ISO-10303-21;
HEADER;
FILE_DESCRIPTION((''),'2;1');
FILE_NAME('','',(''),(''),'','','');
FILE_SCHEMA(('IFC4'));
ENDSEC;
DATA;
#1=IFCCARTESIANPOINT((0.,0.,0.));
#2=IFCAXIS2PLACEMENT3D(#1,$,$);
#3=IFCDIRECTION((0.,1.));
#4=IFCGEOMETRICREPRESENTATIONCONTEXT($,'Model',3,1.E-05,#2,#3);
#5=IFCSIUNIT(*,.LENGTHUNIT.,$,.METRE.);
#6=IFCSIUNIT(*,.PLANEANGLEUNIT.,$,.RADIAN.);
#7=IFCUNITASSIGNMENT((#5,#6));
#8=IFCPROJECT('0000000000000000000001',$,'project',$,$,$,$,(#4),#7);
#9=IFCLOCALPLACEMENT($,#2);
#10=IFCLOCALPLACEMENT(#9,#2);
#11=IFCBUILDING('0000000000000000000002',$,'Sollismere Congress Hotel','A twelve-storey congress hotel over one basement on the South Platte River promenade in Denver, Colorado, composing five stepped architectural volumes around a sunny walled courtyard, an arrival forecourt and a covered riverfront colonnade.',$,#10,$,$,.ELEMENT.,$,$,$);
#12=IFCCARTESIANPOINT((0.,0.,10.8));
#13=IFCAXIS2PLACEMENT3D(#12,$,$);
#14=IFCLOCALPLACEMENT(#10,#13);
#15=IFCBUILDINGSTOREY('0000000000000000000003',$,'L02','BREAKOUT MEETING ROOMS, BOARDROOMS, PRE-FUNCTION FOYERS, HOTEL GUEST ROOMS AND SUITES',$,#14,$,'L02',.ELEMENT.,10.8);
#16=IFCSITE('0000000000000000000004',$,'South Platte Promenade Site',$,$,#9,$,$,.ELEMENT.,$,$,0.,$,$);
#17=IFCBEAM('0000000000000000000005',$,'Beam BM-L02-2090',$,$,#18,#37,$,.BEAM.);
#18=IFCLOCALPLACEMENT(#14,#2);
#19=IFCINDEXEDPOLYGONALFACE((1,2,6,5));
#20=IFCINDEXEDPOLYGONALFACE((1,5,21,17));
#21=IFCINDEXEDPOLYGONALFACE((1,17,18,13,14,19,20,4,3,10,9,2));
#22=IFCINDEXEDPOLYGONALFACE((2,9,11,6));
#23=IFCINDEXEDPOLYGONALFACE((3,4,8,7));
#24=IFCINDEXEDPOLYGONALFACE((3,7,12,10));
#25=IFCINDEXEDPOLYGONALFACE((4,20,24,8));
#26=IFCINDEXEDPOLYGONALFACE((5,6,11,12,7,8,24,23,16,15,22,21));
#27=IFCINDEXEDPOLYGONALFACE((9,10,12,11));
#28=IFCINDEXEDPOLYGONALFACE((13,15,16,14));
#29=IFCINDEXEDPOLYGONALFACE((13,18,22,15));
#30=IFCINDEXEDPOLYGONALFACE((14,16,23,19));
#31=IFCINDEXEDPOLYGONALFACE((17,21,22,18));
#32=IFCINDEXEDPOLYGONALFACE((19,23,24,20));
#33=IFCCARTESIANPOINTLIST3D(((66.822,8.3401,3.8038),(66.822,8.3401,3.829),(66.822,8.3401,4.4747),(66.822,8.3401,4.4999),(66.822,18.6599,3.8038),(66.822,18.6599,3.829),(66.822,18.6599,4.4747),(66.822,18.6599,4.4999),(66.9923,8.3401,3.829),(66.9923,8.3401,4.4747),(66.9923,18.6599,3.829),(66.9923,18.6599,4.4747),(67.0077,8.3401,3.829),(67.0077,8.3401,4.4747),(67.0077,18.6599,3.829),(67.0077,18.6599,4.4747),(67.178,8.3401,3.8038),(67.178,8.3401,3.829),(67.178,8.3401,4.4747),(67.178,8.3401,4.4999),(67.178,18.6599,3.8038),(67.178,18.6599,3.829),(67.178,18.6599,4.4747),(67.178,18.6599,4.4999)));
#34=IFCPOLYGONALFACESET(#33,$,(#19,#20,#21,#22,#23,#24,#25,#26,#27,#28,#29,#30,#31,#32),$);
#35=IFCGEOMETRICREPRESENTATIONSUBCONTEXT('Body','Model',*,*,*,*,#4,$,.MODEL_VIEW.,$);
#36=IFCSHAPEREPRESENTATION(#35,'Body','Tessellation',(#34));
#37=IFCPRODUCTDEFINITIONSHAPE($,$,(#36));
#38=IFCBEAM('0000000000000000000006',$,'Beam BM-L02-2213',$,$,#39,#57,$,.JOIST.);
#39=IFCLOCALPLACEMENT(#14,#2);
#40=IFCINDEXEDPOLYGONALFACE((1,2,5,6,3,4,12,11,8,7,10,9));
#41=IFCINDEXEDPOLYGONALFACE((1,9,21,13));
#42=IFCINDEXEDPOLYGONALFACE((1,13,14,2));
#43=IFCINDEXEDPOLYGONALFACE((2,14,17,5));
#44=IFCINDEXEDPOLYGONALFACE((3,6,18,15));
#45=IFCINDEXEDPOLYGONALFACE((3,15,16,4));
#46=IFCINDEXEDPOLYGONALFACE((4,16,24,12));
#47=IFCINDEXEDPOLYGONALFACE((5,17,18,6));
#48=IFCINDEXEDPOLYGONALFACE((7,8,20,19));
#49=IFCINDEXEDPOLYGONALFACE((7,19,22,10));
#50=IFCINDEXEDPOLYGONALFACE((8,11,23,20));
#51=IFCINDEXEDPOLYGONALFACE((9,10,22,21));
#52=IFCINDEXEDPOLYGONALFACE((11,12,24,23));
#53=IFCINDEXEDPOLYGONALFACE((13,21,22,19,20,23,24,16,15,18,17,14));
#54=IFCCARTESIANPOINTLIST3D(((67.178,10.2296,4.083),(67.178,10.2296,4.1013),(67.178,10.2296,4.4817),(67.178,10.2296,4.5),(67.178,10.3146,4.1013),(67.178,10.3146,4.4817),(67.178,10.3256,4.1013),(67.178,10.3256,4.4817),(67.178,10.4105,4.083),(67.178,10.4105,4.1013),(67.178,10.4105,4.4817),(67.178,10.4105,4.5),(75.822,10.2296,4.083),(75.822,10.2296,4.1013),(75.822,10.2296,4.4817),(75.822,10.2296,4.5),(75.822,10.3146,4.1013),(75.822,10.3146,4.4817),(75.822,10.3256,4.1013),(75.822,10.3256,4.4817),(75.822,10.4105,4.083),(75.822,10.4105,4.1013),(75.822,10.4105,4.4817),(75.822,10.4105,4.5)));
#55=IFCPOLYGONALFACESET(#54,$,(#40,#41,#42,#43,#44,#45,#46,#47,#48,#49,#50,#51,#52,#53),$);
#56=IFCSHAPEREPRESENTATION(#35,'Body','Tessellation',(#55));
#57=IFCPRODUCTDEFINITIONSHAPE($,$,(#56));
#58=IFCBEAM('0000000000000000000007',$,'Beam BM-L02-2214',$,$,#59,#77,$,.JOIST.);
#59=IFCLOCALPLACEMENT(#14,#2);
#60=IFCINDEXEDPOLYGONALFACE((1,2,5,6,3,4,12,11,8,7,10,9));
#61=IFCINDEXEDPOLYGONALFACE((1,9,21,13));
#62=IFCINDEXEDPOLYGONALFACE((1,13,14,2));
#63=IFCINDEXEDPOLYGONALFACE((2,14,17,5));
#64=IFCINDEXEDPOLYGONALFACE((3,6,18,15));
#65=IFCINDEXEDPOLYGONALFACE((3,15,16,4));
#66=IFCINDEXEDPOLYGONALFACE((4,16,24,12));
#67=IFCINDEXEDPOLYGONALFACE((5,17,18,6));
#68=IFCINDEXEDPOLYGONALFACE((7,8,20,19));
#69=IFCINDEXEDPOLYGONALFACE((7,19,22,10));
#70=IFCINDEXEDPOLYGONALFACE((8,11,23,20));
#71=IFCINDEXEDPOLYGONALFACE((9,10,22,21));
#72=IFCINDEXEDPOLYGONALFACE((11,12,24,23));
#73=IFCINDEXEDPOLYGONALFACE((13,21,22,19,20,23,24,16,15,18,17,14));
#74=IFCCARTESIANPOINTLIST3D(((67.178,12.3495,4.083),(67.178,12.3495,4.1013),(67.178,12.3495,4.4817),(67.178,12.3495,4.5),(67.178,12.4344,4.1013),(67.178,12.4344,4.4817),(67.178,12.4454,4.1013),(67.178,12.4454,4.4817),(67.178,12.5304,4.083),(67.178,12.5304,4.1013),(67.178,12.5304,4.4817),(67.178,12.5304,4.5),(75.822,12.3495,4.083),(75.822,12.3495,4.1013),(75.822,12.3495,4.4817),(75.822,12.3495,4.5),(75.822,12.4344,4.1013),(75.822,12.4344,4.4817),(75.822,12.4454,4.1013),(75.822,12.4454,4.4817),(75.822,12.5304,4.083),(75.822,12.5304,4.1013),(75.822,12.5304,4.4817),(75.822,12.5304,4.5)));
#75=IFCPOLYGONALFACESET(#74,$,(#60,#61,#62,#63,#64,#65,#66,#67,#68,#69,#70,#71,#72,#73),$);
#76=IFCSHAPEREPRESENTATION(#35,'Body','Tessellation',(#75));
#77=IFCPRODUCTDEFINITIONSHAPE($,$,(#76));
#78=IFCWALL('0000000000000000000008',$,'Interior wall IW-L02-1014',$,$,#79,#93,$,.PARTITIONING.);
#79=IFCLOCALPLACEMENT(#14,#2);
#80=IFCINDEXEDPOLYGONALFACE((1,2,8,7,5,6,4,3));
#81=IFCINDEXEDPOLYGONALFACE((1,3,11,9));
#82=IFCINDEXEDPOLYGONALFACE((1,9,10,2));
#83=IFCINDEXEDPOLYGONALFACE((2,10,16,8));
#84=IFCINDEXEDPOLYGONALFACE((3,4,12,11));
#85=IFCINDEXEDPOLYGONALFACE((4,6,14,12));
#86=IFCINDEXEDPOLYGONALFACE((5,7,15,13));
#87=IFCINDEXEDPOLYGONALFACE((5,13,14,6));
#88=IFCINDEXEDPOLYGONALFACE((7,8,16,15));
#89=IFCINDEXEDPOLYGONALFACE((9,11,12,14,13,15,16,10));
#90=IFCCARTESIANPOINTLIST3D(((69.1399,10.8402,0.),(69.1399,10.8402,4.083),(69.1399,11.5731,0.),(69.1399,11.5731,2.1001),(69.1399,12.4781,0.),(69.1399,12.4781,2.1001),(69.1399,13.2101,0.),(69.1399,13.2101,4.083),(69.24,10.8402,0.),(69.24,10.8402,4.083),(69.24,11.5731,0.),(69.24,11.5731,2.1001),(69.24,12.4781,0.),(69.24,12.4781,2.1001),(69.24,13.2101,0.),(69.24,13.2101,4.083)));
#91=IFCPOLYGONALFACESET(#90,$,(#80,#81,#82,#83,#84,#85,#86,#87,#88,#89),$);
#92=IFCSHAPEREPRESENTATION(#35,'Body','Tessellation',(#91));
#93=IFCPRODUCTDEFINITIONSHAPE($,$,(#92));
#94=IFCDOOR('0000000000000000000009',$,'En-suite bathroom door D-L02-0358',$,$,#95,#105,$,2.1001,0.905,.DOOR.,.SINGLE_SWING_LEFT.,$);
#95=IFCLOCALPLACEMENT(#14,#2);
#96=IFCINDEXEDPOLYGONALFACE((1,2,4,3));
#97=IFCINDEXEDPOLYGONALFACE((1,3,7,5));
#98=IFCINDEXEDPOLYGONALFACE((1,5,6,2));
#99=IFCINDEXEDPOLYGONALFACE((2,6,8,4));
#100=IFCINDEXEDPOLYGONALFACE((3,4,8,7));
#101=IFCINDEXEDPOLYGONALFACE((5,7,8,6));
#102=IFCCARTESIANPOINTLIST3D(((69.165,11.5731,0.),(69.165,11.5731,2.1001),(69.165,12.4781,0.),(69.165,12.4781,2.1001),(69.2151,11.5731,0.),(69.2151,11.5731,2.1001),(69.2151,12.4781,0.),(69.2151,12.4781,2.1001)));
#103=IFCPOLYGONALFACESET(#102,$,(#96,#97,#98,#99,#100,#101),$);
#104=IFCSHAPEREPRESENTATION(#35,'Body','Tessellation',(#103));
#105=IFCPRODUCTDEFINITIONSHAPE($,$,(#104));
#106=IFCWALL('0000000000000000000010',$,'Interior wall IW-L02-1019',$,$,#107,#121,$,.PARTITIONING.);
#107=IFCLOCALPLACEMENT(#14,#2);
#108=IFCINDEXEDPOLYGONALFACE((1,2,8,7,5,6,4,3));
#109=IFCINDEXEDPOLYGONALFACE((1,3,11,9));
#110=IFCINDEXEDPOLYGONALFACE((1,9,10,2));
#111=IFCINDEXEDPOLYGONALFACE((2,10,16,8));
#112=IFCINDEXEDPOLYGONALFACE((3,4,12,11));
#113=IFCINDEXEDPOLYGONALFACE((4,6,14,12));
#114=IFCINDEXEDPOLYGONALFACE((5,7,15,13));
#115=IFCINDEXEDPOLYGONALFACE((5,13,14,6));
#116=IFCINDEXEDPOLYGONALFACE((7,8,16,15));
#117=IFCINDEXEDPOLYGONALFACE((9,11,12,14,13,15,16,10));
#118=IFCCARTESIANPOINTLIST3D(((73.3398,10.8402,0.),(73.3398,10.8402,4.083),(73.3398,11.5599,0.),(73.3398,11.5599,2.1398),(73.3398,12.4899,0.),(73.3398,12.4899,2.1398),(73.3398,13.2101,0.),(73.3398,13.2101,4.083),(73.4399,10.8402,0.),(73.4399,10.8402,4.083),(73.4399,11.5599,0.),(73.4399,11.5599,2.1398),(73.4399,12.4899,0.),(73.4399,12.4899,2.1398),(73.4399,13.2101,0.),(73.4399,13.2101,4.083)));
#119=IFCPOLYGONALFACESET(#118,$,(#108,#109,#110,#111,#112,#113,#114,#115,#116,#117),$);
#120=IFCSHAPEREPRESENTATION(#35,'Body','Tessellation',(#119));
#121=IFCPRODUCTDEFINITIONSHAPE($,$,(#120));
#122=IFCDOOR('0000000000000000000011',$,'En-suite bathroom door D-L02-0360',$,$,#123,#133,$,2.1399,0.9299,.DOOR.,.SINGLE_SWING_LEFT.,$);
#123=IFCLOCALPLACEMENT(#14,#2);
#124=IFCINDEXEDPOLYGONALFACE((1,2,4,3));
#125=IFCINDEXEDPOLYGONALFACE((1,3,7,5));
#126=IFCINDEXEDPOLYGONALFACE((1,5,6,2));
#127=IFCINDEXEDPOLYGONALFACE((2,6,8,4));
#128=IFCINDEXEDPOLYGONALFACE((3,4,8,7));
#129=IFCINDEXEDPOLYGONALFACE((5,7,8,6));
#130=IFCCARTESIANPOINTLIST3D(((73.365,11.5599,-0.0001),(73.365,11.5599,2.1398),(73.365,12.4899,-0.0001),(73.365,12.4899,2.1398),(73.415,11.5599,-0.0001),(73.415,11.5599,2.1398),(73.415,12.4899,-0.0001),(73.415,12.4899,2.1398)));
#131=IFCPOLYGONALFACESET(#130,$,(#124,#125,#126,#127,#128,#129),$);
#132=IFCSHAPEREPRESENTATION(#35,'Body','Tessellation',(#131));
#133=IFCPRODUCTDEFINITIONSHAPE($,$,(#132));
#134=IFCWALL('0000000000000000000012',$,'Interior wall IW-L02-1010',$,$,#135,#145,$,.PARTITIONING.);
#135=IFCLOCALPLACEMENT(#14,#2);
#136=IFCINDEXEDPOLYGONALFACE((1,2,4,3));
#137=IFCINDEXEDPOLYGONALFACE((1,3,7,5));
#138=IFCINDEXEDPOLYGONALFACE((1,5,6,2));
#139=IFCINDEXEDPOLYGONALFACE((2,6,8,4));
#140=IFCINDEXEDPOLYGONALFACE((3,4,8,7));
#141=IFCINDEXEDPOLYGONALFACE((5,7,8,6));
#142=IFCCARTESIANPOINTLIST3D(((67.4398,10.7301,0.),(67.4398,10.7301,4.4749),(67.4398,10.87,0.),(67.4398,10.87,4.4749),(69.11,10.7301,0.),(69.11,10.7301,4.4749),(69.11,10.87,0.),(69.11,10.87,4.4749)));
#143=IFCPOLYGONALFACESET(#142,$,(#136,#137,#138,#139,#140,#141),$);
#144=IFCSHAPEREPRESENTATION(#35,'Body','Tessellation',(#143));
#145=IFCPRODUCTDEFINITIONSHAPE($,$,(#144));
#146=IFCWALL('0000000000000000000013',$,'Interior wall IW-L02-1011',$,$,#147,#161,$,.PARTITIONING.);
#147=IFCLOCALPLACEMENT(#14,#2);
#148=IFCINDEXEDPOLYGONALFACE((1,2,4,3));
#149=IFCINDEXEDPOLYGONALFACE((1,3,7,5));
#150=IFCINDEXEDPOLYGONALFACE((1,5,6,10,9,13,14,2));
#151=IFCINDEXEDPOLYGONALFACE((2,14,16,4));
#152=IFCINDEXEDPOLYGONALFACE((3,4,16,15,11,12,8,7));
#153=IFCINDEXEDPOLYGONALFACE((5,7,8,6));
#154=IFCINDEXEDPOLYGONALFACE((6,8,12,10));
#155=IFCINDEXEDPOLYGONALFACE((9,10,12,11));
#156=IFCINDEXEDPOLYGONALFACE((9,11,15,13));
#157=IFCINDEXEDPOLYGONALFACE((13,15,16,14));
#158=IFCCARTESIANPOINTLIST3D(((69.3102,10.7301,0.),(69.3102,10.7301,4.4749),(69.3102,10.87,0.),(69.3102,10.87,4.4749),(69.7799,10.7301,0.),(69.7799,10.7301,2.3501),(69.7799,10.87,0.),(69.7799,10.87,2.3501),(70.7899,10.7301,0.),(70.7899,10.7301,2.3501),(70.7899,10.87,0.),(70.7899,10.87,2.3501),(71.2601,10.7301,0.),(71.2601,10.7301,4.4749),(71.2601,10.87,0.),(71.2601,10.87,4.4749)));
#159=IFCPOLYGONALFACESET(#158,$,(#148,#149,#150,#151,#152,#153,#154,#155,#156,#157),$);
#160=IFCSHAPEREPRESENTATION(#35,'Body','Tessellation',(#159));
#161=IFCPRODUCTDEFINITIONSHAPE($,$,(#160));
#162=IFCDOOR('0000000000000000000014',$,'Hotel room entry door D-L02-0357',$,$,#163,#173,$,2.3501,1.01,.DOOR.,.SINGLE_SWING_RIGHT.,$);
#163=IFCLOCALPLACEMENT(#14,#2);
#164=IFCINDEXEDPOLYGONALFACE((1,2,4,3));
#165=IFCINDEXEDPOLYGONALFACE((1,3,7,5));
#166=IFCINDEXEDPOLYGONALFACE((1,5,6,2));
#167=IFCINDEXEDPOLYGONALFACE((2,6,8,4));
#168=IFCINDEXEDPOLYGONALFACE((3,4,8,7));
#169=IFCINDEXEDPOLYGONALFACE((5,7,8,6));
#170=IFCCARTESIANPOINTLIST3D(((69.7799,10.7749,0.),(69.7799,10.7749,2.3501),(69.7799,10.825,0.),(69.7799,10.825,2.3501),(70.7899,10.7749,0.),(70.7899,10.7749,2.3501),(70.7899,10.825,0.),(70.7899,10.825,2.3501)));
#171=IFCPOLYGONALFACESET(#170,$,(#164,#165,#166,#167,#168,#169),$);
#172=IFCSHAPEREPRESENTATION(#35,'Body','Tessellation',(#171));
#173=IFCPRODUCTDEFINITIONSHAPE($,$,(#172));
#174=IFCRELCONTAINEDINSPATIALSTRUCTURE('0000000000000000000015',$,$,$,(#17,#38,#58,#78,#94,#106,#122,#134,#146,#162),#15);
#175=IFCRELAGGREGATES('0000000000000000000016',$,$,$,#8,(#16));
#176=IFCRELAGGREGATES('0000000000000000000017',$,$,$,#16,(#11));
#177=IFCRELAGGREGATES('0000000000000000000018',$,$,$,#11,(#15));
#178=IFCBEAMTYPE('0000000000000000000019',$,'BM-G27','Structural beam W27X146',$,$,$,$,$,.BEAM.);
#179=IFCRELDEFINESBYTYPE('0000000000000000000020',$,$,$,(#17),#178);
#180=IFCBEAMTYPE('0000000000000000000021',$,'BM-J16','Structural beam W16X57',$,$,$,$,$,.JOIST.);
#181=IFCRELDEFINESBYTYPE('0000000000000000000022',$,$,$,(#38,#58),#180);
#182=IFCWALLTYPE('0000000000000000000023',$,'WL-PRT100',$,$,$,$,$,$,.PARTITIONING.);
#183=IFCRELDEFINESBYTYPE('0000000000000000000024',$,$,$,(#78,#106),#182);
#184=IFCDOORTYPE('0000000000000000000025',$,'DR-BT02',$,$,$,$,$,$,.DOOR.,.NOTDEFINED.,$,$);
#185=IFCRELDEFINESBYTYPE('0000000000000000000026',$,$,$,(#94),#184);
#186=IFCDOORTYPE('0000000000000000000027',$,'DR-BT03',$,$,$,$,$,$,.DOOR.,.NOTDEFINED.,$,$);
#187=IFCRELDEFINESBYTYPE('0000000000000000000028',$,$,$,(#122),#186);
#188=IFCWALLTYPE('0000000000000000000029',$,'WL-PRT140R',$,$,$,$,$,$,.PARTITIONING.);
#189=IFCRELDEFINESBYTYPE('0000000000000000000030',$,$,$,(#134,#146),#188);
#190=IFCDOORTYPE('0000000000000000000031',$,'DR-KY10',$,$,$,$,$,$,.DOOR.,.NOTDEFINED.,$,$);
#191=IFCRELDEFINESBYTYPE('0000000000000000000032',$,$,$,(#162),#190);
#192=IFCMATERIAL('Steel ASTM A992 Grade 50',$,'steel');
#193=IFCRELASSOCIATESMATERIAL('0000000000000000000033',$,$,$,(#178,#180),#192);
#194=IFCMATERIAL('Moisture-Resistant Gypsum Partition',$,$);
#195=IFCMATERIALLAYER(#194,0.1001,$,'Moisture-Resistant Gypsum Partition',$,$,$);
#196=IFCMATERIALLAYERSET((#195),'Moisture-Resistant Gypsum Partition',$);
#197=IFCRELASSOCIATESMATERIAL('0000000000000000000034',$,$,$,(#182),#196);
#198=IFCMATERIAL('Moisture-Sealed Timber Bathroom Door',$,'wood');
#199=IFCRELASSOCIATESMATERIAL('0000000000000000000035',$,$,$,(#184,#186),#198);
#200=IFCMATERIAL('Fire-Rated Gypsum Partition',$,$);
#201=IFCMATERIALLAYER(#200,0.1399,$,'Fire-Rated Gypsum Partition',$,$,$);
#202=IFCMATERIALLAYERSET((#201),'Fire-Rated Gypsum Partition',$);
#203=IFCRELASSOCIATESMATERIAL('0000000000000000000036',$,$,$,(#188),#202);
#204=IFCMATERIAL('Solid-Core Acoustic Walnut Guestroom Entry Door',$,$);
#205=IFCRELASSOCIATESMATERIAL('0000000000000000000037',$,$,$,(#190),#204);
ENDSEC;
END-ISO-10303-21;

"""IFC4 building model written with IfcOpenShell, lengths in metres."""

from ifc_helpers import new_model, si_unit, direction, frame, frame_2d, origin, origin_2d, place, context, subcontext, project, spatial, rectangle, i_section, extrude, material, layer, layer_set, material_profile, profile_set, type_object, element, fill, save


model = new_model("IFC4")

# Units and contexts
model_context = context("Model", 3, precision=1e-05, world=origin(), true_north=direction((0.0, 1.0)))
body_context = subcontext(model_context, "Body", "Model", "MODEL_VIEW")
ifc_project = project(units=[si_unit("LENGTHUNIT", "METRE"), si_unit("PLANEANGLEUNIT", "RADIAN")], contexts=[model_context])

# Site, building, storey
site_placement = place(None, origin())
site = spatial("IfcSite", under=ifc_project, at=site_placement, Name="South Platte Promenade Site", CompositionType="ELEMENT", RefElevation=0.0)
building_placement = place(site_placement, origin())
building = spatial("IfcBuilding", under=site, at=building_placement, Name="Sollismere Congress Hotel", Description="A twelve-storey congress hotel over one basement on the South Platte River promenade in Denver, Colorado, composing five stepped architectural volumes around a sunny walled courtyard, an arrival forecourt and a covered riverfront colonnade.", CompositionType="ELEMENT")
storey_placement = place(building_placement, frame((0.0, 0.0, 10.8)))
storey = spatial("IfcBuildingStorey", under=building, at=storey_placement, Name="L02", Description="BREAKOUT MEETING ROOMS, BOARDROOMS, PRE-FUNCTION FOYERS, HOTEL GUEST ROOMS AND SUITES", LongName="L02", CompositionType="ELEMENT", Elevation=10.8)

# Beams
ifc_material_1 = material(Name="Steel ASTM A992 Grade 50", Category="steel")
ifc_material_profile_1 = material_profile(ifc_material_1, i_section(OverallWidth=0.356, OverallDepth=0.696, WebThickness=0.0154, FlangeThickness=0.0251, at=origin_2d()), Name="W27X146")
ifc_profile_set_1 = profile_set([ifc_material_profile_1], Name="Steel ASTM A992 Grade 50")
beam_type_1 = type_object("IfcBeamType", Name="BM-G27", Description="Structural beam W27X146", PredefinedType="BEAM", material=ifc_profile_set_1)
beam_placement = place(storey_placement, frame((67.0, 8.3401, 4.1519), z_axis=(0.0, 1.0, 0.0), x_axis=(-1.0, 0.0, 0.0)))
element("IfcBeam", 1, at=beam_placement, inside=storey, type_object=beam_type_1, Name="Beam BM-L02-2090", PredefinedType="BEAM", context=body_context, shape_type="SweptSolid", body=[
    extrude(i_section(OverallWidth=0.356, OverallDepth=0.696, WebThickness=0.0154, FlangeThickness=0.0251, at=origin_2d()), origin(), (0.0, 0.0, 1.0), 10.3198),
])
ifc_material_profile_2 = material_profile(ifc_material_1, i_section(OverallWidth=0.1809, OverallDepth=0.417, WebThickness=0.011, FlangeThickness=0.0183, at=origin_2d()), Name="W16X57")
ifc_profile_set_2 = profile_set([ifc_material_profile_2], Name="Steel ASTM A992 Grade 50")
beam_type_2 = type_object("IfcBeamType", Name="BM-J16", Description="Structural beam W16X57", PredefinedType="JOIST", material=ifc_profile_set_2)
for number, where, z_axis, x_axis, name in (
    (2, (67.178, 10.3201, 4.2915), (1.0, 0.0, 0.0), (0.0, 1.0, 0.0), "Beam BM-L02-2213"),
    (3, (67.178, 12.4399, 4.2915), (1.0, 0.0, 0.0), (0.0, 1.0, 0.0), "Beam BM-L02-2214"),
):
    element("IfcBeam", number, at=place(storey_placement, frame(where, z_axis=z_axis, x_axis=x_axis)), inside=storey, type_object=beam_type_2, Name=name, PredefinedType="JOIST", context=body_context, shape_type="SweptSolid", body=[
        extrude(i_section(OverallWidth=0.1809, OverallDepth=0.417, WebThickness=0.011, FlangeThickness=0.0183, at=origin_2d()), origin(), (0.0, 0.0, 1.0), 8.644),
    ])

# Walls, openings, doors
ifc_material_2 = material(Name="Moisture-Resistant Gypsum Partition")
ifc_layer_1 = layer(ifc_material_2, 0.1001, Name="Moisture-Resistant Gypsum Partition")
ifc_layer_set_1 = layer_set([ifc_layer_1], Name="Moisture-Resistant Gypsum Partition")
wall_type_1 = type_object("IfcWallType", Name="WL-PRT100", PredefinedType="PARTITIONING", material=ifc_layer_set_1)
wall_1_placement = place(storey_placement, frame((69.1899, 10.8401, 0.0), z_axis=(0.0, 0.0, 1.0), x_axis=(0.0, 1.0, 0.0)))
wall_1 = element("IfcWall", 4, at=wall_1_placement, inside=storey, type_object=wall_type_1, Name="Interior wall IW-L02-1014", PredefinedType="PARTITIONING", context=body_context, shape_type="SweptSolid", body=[
    extrude(rectangle(XDim=2.3699, YDim=0.1001, at=frame_2d((1.1851, 0.0))), origin(), (0.0, 0.0, 1.0), 4.083),
])
opening_1_placement = place(wall_1_placement, frame((0.7329, 0.0, 0.0)))
opening_1 = element("IfcOpeningElement", 5, at=opening_1_placement, cuts=wall_1, PredefinedType="OPENING", context=body_context, shape_type="SweptSolid", body=[
    extrude(rectangle(XDim=0.905, YDim=2.1001, at=frame_2d((0.4526, 1.05))), frame((0.0, 0.0601, 0.0), z_axis=(0.0, -1.0, 0.0), x_axis=(1.0, 0.0, 0.0)), (0.0, 0.0, 1.0), 0.1201),
])
ifc_material_3 = material(Name="Moisture-Sealed Timber Bathroom Door", Category="wood")
door_type_1 = type_object("IfcDoorType", Name="DR-BT02", OperationType="NOTDEFINED", PredefinedType="DOOR", material=ifc_material_3)
door_1_placement = place(opening_1_placement, origin())
door_1 = element("IfcDoor", 6, at=door_1_placement, inside=storey, type_object=door_type_1, Name="En-suite bathroom door D-L02-0358", OperationType="SINGLE_SWING_LEFT", OverallHeight=2.1001, OverallWidth=0.905, PredefinedType="DOOR", context=body_context, shape_type="SweptSolid", body=[
    extrude(rectangle(XDim=0.905, YDim=2.1001, at=frame_2d((0.4526, 1.05))), frame((0.0, 0.0249, 0.0), z_axis=(0.0, -1.0, 0.0), x_axis=(1.0, 0.0, 0.0)), (0.0, 0.0, 1.0), 0.05),
])
fill(opening_1, door_1)
wall_2_placement = place(storey_placement, frame((73.3899, 10.8401, 0.0), z_axis=(0.0, 0.0, 1.0), x_axis=(0.0, 1.0, 0.0)))
wall_2 = element("IfcWall", 7, at=wall_2_placement, inside=storey, type_object=wall_type_1, Name="Interior wall IW-L02-1019", PredefinedType="PARTITIONING", context=body_context, shape_type="SweptSolid", body=[
    extrude(rectangle(XDim=2.3699, YDim=0.1001, at=frame_2d((1.1851, 0.0))), origin(), (0.0, 0.0, 1.0), 4.083),
])
opening_2_placement = place(wall_2_placement, frame((0.72, 0.0, 0.0)))
opening_2 = element("IfcOpeningElement", 8, at=opening_2_placement, cuts=wall_2, PredefinedType="OPENING", context=body_context, shape_type="SweptSolid", body=[
    extrude(rectangle(XDim=0.9299, YDim=2.1399, at=frame_2d((0.4648, 1.0698))), frame((0.0, 0.0601, 0.0), z_axis=(0.0, -1.0, 0.0), x_axis=(1.0, 0.0, 0.0)), (0.0, 0.0, 1.0), 0.1201),
])
door_type_2 = type_object("IfcDoorType", Name="DR-BT03", OperationType="NOTDEFINED", PredefinedType="DOOR", material=ifc_material_3)
door_2_placement = place(opening_2_placement, origin())
door_2 = element("IfcDoor", 9, at=door_2_placement, inside=storey, type_object=door_type_2, Name="En-suite bathroom door D-L02-0360", OperationType="SINGLE_SWING_LEFT", OverallHeight=2.1399, OverallWidth=0.9299, PredefinedType="DOOR", context=body_context, shape_type="SweptSolid", body=[
    extrude(rectangle(XDim=0.9299, YDim=2.1399, at=frame_2d((0.4648, 1.0698))), frame((0.0, 0.0249, 0.0), z_axis=(0.0, -1.0, 0.0), x_axis=(1.0, 0.0, 0.0)), (0.0, 0.0, 1.0), 0.05),
])
fill(opening_2, door_2)

# Wall
ifc_material_4 = material(Name="Fire-Rated Gypsum Partition")
ifc_layer_2 = layer(ifc_material_4, 0.1399, Name="Fire-Rated Gypsum Partition")
ifc_layer_set_2 = layer_set([ifc_layer_2], Name="Fire-Rated Gypsum Partition")
wall_type_2 = type_object("IfcWallType", Name="WL-PRT140R", PredefinedType="PARTITIONING", material=ifc_layer_set_2)
wall_3_placement = place(storey_placement, frame((67.4399, 10.8, 0.0), z_axis=(0.0, 0.0, 1.0), x_axis=(1.0, 0.0, 0.0)))
element("IfcWall", 10, at=wall_3_placement, inside=storey, type_object=wall_type_2, Name="Interior wall IW-L02-1010", PredefinedType="PARTITIONING", context=body_context, shape_type="SweptSolid", body=[
    extrude(rectangle(XDim=1.6702, YDim=0.1399, at=frame_2d((0.835, 0.0))), origin(), (0.0, 0.0, 1.0), 4.4749),
])

# Wall, opening, door
wall_4_placement = place(storey_placement, frame((69.3101, 10.8, 0.0), z_axis=(0.0, 0.0, 1.0), x_axis=(1.0, 0.0, 0.0)))
wall_4 = element("IfcWall", 11, at=wall_4_placement, inside=storey, type_object=wall_type_2, Name="Interior wall IW-L02-1011", PredefinedType="PARTITIONING", context=body_context, shape_type="SweptSolid", body=[
    extrude(rectangle(XDim=1.95, YDim=0.1399, at=frame_2d((0.9751, 0.0))), origin(), (0.0, 0.0, 1.0), 4.4749),
])
opening_3_placement = place(wall_4_placement, frame((0.47, 0.0, 0.0)))
opening_3 = element("IfcOpeningElement", 12, at=opening_3_placement, cuts=wall_4, PredefinedType="OPENING", context=body_context, shape_type="SweptSolid", body=[
    extrude(rectangle(XDim=1.01, YDim=2.3501, at=frame_2d((0.5049, 1.175))), frame((0.0, 0.0798, 0.0), z_axis=(0.0, -1.0, 0.0), x_axis=(1.0, 0.0, 0.0)), (0.0, 0.0, 1.0), 0.1599),
])
ifc_material_5 = material(Name="Solid-Core Acoustic Walnut Guestroom Entry Door")
door_type_3 = type_object("IfcDoorType", Name="DR-KY10", OperationType="NOTDEFINED", PredefinedType="DOOR", material=ifc_material_5)
door_3_placement = place(opening_3_placement, origin())
door_3 = element("IfcDoor", 13, at=door_3_placement, inside=storey, type_object=door_type_3, Name="Hotel room entry door D-L02-0357", OperationType="SINGLE_SWING_RIGHT", OverallHeight=2.3501, OverallWidth=1.01, PredefinedType="DOOR", context=body_context, shape_type="SweptSolid", body=[
    extrude(rectangle(XDim=1.01, YDim=2.3501, at=frame_2d((0.5049, 1.175))), frame((0.0, 0.0249, 0.0), z_axis=(0.0, -1.0, 0.0), x_axis=(1.0, 0.0, 0.0)), (0.0, 0.0, 1.0), 0.05),
])
fill(opening_3, door_3)

save(model, "model.ifc")
